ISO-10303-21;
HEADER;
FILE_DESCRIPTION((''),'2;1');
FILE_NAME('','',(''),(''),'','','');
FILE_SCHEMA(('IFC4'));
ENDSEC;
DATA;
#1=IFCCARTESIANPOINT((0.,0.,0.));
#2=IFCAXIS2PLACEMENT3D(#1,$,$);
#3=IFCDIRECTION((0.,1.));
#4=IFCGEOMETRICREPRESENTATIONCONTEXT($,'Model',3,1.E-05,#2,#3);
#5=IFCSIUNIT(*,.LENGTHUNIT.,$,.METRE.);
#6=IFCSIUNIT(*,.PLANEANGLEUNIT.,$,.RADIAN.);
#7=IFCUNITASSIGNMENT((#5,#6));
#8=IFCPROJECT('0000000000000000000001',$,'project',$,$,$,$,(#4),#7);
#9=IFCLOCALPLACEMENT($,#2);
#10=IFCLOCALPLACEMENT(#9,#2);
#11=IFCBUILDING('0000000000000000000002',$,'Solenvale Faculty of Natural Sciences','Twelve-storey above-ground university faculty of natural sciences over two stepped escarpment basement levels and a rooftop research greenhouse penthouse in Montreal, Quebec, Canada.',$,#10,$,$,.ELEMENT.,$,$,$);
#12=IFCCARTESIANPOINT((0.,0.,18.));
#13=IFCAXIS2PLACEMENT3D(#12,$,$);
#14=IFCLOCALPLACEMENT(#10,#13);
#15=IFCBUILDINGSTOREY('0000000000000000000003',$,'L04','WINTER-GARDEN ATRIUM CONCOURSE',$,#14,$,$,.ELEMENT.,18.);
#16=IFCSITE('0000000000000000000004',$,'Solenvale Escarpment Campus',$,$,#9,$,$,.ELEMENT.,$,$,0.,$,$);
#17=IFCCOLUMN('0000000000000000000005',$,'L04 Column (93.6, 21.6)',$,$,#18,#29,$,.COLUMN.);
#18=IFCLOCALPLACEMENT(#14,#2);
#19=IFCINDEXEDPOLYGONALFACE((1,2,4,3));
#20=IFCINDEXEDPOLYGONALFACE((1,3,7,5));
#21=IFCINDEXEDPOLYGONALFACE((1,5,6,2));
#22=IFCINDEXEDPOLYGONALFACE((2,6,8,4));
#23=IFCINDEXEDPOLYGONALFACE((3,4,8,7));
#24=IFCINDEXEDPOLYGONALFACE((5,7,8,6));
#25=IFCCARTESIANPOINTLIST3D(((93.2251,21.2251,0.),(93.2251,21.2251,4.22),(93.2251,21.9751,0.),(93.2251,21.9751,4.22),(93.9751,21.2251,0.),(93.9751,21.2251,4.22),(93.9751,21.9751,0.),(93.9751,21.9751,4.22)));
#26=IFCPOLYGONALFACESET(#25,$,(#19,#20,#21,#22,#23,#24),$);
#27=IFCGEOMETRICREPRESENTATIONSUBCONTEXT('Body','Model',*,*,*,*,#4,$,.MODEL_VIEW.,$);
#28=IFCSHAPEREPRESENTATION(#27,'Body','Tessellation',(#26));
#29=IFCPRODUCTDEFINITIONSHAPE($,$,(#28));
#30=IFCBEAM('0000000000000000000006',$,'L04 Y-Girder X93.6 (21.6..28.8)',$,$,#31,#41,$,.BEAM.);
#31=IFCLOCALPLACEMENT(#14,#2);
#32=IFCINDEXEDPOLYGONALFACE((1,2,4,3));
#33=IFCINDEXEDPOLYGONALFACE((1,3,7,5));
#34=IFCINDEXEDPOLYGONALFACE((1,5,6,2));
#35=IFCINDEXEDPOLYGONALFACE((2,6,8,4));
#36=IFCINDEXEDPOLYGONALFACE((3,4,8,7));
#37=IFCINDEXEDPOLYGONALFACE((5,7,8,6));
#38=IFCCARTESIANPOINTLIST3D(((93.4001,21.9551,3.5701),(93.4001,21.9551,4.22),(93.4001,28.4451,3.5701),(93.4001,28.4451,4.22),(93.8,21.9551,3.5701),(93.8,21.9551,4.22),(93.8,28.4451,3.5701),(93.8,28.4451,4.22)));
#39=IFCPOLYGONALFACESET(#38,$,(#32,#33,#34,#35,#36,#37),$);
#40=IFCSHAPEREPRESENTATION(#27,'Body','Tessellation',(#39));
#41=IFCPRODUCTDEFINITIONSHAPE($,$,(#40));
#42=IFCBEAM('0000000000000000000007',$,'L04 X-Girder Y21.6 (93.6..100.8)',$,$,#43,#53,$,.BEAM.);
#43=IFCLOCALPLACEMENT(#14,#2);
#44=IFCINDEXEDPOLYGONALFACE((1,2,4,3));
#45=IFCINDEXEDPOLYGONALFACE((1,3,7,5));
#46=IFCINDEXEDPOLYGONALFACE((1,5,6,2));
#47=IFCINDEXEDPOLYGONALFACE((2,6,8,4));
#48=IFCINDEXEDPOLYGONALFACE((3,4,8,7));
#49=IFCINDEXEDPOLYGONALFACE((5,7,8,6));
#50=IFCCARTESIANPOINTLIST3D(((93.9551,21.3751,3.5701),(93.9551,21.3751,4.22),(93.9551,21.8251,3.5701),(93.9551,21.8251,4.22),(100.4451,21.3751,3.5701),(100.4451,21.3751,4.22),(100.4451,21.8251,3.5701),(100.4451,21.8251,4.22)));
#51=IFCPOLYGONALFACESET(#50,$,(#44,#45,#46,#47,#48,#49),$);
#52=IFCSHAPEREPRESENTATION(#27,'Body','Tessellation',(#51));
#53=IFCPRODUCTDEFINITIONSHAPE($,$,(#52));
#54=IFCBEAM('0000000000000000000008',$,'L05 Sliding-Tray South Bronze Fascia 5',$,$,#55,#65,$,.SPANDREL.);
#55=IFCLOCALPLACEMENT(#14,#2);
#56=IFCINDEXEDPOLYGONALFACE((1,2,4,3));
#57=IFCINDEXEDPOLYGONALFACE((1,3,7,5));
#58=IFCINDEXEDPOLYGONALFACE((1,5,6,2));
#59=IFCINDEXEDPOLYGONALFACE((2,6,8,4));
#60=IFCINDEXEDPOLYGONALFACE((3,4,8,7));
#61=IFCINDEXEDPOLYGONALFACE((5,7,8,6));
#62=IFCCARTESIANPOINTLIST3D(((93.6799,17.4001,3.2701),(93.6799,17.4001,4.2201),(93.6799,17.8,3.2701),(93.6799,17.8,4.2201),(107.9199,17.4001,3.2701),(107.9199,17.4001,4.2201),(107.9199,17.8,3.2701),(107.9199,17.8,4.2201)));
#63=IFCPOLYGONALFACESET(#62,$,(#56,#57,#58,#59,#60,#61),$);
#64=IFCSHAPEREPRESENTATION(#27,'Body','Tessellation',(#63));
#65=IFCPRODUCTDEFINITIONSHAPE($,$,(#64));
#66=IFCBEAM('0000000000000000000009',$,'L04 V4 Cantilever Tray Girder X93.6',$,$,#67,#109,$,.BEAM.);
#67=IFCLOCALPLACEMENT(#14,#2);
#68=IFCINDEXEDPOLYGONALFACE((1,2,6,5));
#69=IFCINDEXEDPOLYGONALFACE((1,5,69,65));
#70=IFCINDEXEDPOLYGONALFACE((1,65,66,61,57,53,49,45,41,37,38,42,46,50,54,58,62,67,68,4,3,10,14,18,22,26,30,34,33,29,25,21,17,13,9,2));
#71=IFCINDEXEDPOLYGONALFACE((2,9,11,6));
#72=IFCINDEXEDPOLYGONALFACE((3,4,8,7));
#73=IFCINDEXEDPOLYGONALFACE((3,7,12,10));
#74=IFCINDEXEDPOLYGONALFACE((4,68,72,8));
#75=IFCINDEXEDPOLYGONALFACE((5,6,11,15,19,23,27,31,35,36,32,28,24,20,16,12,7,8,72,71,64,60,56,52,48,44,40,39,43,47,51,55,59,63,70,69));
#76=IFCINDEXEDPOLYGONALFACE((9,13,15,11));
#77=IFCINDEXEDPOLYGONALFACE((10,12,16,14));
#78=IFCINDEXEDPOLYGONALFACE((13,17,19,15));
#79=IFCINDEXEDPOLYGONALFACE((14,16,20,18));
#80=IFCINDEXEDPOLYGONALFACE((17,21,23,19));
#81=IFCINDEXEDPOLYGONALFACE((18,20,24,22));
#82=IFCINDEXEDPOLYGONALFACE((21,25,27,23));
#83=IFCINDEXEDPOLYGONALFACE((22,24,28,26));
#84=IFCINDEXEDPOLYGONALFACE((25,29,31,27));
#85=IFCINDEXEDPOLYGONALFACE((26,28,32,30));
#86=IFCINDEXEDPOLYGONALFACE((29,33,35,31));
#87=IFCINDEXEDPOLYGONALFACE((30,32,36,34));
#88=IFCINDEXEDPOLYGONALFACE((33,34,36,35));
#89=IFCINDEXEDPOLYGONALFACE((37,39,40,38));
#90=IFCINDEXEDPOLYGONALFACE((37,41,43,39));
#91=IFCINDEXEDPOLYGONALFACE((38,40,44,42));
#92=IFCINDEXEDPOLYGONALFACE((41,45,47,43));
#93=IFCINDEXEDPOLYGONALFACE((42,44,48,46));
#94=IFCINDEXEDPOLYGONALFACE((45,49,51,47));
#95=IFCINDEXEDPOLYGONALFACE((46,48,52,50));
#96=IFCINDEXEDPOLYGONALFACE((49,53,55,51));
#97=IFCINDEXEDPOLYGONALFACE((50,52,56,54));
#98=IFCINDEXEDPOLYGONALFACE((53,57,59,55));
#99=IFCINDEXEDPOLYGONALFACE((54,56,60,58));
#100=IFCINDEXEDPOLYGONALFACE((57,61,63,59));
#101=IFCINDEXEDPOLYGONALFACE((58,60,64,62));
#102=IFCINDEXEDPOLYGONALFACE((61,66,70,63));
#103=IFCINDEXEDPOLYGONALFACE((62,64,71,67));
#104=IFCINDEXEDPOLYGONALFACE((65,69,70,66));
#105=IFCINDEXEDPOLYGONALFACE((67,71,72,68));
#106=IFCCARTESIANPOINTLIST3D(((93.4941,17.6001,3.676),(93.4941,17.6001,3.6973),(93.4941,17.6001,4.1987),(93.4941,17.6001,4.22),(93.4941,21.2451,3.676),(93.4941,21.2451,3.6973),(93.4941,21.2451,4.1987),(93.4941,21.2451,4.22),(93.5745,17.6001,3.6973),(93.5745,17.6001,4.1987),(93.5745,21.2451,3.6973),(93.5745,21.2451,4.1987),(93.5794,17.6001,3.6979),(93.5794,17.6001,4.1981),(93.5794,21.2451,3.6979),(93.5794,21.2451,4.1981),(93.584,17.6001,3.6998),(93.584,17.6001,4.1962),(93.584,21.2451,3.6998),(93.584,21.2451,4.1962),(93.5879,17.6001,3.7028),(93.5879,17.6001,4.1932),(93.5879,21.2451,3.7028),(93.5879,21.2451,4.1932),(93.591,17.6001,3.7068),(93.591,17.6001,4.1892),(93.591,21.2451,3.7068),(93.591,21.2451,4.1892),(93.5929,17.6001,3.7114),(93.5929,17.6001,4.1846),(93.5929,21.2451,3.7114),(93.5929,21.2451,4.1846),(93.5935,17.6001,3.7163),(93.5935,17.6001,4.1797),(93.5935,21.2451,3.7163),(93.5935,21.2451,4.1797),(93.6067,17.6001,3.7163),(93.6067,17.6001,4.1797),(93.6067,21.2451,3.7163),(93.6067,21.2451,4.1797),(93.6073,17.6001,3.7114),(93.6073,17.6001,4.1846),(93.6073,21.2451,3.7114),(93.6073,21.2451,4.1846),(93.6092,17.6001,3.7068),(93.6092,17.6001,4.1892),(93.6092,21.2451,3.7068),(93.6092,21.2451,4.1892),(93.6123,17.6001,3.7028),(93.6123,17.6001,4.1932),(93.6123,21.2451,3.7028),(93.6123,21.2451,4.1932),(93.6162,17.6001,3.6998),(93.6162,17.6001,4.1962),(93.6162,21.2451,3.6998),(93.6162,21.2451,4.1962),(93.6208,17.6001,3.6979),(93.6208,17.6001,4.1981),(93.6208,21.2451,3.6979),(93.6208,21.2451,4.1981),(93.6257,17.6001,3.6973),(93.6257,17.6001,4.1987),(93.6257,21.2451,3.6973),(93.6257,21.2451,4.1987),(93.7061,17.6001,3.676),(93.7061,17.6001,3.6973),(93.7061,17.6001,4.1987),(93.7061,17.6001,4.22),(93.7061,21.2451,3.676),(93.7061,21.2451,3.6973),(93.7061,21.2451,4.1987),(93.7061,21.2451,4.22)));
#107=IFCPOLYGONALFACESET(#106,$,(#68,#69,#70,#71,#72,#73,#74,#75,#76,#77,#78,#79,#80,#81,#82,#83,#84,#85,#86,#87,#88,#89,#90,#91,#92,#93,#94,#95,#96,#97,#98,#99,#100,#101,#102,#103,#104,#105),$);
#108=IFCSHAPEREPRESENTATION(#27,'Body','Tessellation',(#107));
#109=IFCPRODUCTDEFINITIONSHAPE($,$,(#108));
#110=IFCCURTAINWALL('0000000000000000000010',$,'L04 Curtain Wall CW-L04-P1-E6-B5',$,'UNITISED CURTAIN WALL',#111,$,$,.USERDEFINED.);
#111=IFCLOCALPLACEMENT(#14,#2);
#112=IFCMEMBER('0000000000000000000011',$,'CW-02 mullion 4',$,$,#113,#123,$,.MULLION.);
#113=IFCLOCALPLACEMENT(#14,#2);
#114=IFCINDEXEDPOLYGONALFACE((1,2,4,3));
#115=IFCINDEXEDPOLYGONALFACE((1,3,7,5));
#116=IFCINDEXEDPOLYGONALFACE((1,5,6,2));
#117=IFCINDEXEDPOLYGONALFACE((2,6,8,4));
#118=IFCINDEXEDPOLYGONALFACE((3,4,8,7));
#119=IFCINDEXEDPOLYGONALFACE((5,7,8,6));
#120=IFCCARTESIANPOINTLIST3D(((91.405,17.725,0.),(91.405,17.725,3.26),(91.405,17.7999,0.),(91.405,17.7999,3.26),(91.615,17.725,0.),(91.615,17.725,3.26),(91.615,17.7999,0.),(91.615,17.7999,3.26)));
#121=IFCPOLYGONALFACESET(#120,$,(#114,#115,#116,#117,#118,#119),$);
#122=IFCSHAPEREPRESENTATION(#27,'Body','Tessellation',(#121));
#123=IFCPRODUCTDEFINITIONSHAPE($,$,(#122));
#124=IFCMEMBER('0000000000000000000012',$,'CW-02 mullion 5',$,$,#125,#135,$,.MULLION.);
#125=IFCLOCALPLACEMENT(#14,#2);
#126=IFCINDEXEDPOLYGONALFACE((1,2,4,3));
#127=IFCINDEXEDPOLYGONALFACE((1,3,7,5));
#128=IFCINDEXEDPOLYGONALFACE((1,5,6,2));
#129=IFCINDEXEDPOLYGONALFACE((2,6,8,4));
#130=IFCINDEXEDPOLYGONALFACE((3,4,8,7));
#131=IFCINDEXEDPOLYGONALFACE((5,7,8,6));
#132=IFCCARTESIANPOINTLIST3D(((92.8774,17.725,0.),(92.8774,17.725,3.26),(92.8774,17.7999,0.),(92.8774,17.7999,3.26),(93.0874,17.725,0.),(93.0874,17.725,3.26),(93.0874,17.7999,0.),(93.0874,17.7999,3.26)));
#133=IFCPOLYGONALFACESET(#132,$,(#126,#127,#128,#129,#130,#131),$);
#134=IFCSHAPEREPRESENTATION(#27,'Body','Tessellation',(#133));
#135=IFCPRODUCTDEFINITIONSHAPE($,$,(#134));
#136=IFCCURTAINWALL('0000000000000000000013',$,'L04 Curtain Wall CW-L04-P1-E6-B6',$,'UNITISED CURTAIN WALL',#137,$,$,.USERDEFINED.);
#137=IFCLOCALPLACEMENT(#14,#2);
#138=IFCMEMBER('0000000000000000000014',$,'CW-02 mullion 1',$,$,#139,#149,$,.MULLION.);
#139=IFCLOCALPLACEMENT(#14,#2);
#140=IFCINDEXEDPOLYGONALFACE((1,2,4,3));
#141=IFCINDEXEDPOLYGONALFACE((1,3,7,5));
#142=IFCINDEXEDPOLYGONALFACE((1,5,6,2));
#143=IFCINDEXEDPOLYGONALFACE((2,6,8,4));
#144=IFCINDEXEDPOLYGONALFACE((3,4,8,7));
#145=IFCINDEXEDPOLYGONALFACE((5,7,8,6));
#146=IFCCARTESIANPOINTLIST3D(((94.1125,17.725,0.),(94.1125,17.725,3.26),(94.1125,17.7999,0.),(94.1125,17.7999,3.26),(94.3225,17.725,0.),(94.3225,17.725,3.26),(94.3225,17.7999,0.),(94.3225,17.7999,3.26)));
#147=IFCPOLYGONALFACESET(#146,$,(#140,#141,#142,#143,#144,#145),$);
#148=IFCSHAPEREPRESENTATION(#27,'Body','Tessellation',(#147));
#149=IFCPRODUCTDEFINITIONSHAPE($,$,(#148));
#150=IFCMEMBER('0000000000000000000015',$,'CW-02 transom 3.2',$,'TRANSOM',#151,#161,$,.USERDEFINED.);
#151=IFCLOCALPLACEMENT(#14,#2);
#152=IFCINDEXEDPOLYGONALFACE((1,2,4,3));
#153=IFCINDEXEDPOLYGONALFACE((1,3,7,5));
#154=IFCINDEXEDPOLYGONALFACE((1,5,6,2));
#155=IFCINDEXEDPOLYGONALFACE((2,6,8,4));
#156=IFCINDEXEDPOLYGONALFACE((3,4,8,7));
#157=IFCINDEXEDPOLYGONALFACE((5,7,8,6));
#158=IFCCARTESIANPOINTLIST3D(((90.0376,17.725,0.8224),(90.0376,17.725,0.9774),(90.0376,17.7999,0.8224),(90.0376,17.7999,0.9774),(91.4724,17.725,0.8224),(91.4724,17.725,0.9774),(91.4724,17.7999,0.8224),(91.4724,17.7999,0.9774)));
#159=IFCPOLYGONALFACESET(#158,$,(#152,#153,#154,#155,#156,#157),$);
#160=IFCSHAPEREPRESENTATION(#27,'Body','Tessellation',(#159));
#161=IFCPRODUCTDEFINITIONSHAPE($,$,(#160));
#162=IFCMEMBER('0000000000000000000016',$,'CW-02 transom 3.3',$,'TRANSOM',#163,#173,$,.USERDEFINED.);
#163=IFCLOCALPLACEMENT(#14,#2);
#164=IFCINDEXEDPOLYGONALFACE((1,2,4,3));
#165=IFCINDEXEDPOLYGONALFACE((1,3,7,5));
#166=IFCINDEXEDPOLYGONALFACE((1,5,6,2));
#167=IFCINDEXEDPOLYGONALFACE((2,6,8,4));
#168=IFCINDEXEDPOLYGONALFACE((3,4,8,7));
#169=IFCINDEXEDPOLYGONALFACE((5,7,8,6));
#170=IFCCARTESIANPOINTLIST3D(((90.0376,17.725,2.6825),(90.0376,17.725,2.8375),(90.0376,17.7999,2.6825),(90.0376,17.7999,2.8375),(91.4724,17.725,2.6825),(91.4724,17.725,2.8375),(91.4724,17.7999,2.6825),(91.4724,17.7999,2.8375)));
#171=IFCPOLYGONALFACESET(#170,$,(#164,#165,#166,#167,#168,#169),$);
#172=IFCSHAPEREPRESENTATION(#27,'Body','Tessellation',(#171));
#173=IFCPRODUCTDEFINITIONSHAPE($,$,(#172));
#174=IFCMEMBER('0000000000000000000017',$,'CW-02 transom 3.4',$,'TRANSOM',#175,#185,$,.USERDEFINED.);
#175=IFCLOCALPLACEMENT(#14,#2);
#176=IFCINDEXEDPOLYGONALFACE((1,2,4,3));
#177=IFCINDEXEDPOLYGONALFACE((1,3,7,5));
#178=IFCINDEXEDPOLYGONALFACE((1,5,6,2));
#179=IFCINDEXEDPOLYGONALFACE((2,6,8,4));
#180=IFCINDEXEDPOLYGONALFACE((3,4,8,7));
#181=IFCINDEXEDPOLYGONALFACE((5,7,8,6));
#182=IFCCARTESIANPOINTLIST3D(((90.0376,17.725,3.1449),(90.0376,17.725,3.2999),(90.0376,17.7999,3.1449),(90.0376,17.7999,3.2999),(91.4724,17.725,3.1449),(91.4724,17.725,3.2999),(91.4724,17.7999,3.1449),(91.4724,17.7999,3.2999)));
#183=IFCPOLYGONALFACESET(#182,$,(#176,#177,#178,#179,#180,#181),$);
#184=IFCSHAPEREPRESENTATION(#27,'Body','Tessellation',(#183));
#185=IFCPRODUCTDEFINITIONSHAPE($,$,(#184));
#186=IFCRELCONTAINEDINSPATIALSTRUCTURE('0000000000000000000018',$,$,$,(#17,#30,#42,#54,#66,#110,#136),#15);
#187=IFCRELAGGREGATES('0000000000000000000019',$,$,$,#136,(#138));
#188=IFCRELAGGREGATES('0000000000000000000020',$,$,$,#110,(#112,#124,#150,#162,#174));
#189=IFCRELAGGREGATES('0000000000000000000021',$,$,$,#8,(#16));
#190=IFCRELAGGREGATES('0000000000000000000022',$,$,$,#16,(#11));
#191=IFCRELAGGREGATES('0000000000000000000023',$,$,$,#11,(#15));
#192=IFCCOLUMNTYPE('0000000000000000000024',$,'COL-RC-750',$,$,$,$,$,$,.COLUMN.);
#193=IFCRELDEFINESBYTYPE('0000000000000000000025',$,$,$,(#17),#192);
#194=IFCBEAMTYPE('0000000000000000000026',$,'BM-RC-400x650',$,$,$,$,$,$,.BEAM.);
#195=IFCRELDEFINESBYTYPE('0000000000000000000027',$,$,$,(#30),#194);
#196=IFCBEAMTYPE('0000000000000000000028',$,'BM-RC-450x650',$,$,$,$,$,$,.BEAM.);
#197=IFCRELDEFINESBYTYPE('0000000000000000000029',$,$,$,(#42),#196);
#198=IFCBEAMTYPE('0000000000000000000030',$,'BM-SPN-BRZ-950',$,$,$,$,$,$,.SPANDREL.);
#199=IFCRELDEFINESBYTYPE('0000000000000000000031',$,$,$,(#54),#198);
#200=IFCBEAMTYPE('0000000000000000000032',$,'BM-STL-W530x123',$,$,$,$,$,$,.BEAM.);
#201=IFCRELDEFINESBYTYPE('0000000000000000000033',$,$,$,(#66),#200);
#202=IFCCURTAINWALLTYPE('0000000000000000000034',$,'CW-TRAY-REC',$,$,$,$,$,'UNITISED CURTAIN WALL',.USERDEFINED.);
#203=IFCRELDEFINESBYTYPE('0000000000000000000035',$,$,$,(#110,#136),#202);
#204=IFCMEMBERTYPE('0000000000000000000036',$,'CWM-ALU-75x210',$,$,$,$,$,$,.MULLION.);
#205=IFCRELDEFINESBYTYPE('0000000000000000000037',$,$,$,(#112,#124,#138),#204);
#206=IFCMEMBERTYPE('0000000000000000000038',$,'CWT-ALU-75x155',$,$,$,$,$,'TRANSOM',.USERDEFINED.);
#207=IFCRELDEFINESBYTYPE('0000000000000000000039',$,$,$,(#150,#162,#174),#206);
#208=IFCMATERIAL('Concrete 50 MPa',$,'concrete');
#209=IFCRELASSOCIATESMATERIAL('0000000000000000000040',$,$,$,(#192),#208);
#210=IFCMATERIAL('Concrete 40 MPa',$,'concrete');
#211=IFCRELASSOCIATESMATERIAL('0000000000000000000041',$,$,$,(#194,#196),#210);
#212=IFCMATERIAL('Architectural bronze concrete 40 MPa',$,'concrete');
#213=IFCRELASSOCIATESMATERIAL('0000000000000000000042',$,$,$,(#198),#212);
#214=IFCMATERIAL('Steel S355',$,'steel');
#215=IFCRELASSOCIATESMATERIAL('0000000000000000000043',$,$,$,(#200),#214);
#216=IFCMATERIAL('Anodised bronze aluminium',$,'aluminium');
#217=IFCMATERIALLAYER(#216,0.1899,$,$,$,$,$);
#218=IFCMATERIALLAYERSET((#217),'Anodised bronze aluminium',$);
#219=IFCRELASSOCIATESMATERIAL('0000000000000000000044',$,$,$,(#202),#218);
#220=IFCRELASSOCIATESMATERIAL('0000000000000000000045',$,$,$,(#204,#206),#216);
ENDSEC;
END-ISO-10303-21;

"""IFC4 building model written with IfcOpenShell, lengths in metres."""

from ifc_helpers import new_model, si_unit, direction, frame, origin, origin_2d, place, context, subcontext, project, spatial, rectangle, i_section, extrude, material, layer, layer_set, material_profile, profile_set, type_object, element, aggregate, save


model = new_model("IFC4")

# Units and contexts
model_context = context("Model", 3, precision=1e-05, world=origin(), true_north=direction((0.0, 1.0)))
body_context = subcontext(model_context, "Body", "Model", "MODEL_VIEW")
ifc_project = project(units=[si_unit("LENGTHUNIT", "METRE"), si_unit("PLANEANGLEUNIT", "RADIAN")], contexts=[model_context])

# Site, building, storey
site_placement = place(None, origin())
site = spatial("IfcSite", under=ifc_project, at=site_placement, Name="Solenvale Escarpment Campus", CompositionType="ELEMENT", RefElevation=0.0)
building_placement = place(site_placement, origin())
building = spatial("IfcBuilding", under=site, at=building_placement, Name="Solenvale Faculty of Natural Sciences", Description="Twelve-storey above-ground university faculty of natural sciences over two stepped escarpment basement levels and a rooftop research greenhouse penthouse in Montreal, Quebec, Canada.", CompositionType="ELEMENT")
storey_placement = place(building_placement, frame((0.0, 0.0, 18.0)))
storey = spatial("IfcBuildingStorey", under=building, at=storey_placement, Name="L04", Description="WINTER-GARDEN ATRIUM CONCOURSE", CompositionType="ELEMENT", Elevation=18.0)

# Column
ifc_material_1 = material(Name="Concrete 50 MPa", Category="concrete")
ifc_material_profile_1 = material_profile(ifc_material_1, rectangle(XDim=0.75, YDim=0.75, at=origin_2d()), Name="RC-COL-750x750")
ifc_profile_set_1 = profile_set([ifc_material_profile_1], Name="Concrete 50 MPa")
column_type = type_object("IfcColumnType", Name="COL-RC-750", PredefinedType="COLUMN", material=ifc_profile_set_1)
column_placement = place(storey_placement, frame((93.6001, 21.6001, 0.0), z_axis=(0.0, 0.0, 1.0), x_axis=(1.0, 0.0, 0.0)))
element("IfcColumn", 1, at=column_placement, inside=storey, type_object=column_type, Name="L04 Column (93.6, 21.6)", PredefinedType="COLUMN", context=body_context, shape_type="SweptSolid", body=[
    extrude(rectangle(XDim=0.75, YDim=0.75, at=origin_2d()), origin(), (0.0, 0.0, 1.0), 4.22),
])

# Beams
ifc_material_2 = material(Name="Concrete 40 MPa", Category="concrete")
ifc_material_profile_2 = material_profile(ifc_material_2, rectangle(XDim=0.3999, YDim=0.6499, at=origin_2d()), Name="RC-BM-400x650")
ifc_profile_set_2 = profile_set([ifc_material_profile_2], Name="Concrete 40 MPa")
beam_type_1 = type_object("IfcBeamType", Name="BM-RC-400x650", PredefinedType="BEAM", material=ifc_profile_set_2)
beam_1_placement = place(storey_placement, frame((93.6001, 21.9551, 3.895), z_axis=(0.0, 1.0, 0.0), x_axis=(-1.0, 0.0, 0.0)))
element("IfcBeam", 2, at=beam_1_placement, inside=storey, type_object=beam_type_1, Name="L04 Y-Girder X93.6 (21.6..28.8)", PredefinedType="BEAM", context=body_context, shape_type="SweptSolid", body=[
    extrude(rectangle(XDim=0.3999, YDim=0.6499, at=origin_2d()), origin(), (0.0, 0.0, 1.0), 6.49),
])
ifc_material_profile_3 = material_profile(ifc_material_2, rectangle(XDim=0.45, YDim=0.6499, at=origin_2d()), Name="RC-BM-450x650")
ifc_profile_set_3 = profile_set([ifc_material_profile_3], Name="Concrete 40 MPa")
beam_type_2 = type_object("IfcBeamType", Name="BM-RC-450x650", PredefinedType="BEAM", material=ifc_profile_set_3)
beam_2_placement = place(storey_placement, frame((93.9551, 21.6001, 3.895), z_axis=(1.0, 0.0, 0.0), x_axis=(0.0, 1.0, 0.0)))
element("IfcBeam", 3, at=beam_2_placement, inside=storey, type_object=beam_type_2, Name="L04 X-Girder Y21.6 (93.6..100.8)", PredefinedType="BEAM", context=body_context, shape_type="SweptSolid", body=[
    extrude(rectangle(XDim=0.45, YDim=0.6499, at=origin_2d()), origin(), (0.0, 0.0, 1.0), 6.49),
])
ifc_material_3 = material(Name="Architectural bronze concrete 40 MPa", Category="concrete")
ifc_material_profile_4 = material_profile(ifc_material_3, rectangle(XDim=0.3999, YDim=0.95, at=origin_2d()), Name="RC-SPN-400x950")
ifc_profile_set_4 = profile_set([ifc_material_profile_4], Name="Architectural bronze concrete 40 MPa")
beam_type_3 = type_object("IfcBeamType", Name="BM-SPN-BRZ-950", PredefinedType="SPANDREL", material=ifc_profile_set_4)
beam_3_placement = place(storey_placement, frame((93.6799, 17.6001, 3.7451), z_axis=(1.0, 0.0, 0.0), x_axis=(0.0, 1.0, 0.0)))
element("IfcBeam", 4, at=beam_3_placement, inside=storey, type_object=beam_type_3, Name="L05 Sliding-Tray South Bronze Fascia 5", PredefinedType="SPANDREL", context=body_context, shape_type="SweptSolid", body=[
    extrude(rectangle(XDim=0.3999, YDim=0.95, at=origin_2d()), origin(), (0.0, 0.0, 1.0), 14.24),
])
ifc_material_4 = material(Name="Steel S355", Category="steel")
ifc_material_profile_5 = material_profile(ifc_material_4, i_section(OverallWidth=0.2119, OverallDepth=0.5439, WebThickness=0.0132, FlangeThickness=0.0212, FilletRadius=0.019, at=origin_2d()), Name="W530x123")
ifc_profile_set_5 = profile_set([ifc_material_profile_5], Name="Steel S355")
beam_type_4 = type_object("IfcBeamType", Name="BM-STL-W530x123", PredefinedType="BEAM", material=ifc_profile_set_5)
beam_4_placement = place(storey_placement, frame((93.6001, 21.2451, 3.948), z_axis=(0.0, -1.0, 0.0), x_axis=(1.0, 0.0, 0.0)))
element("IfcBeam", 5, at=beam_4_placement, inside=storey, type_object=beam_type_4, Name="L04 V4 Cantilever Tray Girder X93.6", PredefinedType="BEAM", context=body_context, shape_type="SweptSolid", body=[
    extrude(i_section(OverallWidth=0.2119, OverallDepth=0.5439, WebThickness=0.0132, FlangeThickness=0.0212, FilletRadius=0.019, at=origin_2d()), origin(), (0.0, 0.0, 1.0), 3.645),
])

# Curtain wall, members
ifc_material_5 = material(Name="Anodised bronze aluminium", Category="aluminium")
ifc_layer_1 = layer(ifc_material_5, 0.1899)
ifc_layer_set_1 = layer_set([ifc_layer_1], Name="Anodised bronze aluminium")
curtain_wall_type = type_object("IfcCurtainWallType", Name="CW-TRAY-REC", ElementType="UNITISED CURTAIN WALL", PredefinedType="USERDEFINED", material=ifc_layer_set_1)
curtain_wall_1_placement = place(storey_placement, origin())
curtain_wall_1 = element("IfcCurtainWall", 6, at=curtain_wall_1_placement, inside=storey, type_object=curtain_wall_type, Name="L04 Curtain Wall CW-L04-P1-E6-B5", ObjectType="UNITISED CURTAIN WALL", PredefinedType="USERDEFINED")
ifc_material_profile_6 = material_profile(ifc_material_5, rectangle(XDim=0.075, YDim=0.21, at=origin_2d()), Name="ALU-MUL-75x210")
ifc_profile_set_6 = profile_set([ifc_material_profile_6], Name="Anodised bronze aluminium")
member_type_1 = type_object("IfcMemberType", Name="CWM-ALU-75x210", PredefinedType="MULLION", material=ifc_profile_set_6)
member_1_placement = place(storey_placement, frame((91.51, 17.7625, 0.0), z_axis=(0.0, 0.0, 1.0), x_axis=(0.0, 1.0, 0.0)))
member_1 = element("IfcMember", 7, at=member_1_placement, type_object=member_type_1, Name="CW-02 mullion 4", PredefinedType="MULLION", context=body_context, shape_type="SweptSolid", body=[
    extrude(rectangle(XDim=0.075, YDim=0.21, at=origin_2d()), origin(), (0.0, 0.0, 1.0), 3.26),
])
member_2_placement = place(storey_placement, frame((92.9824, 17.7625, 0.0), z_axis=(0.0, 0.0, 1.0), x_axis=(0.0, 1.0, 0.0)))
member_2 = element("IfcMember", 8, at=member_2_placement, type_object=member_type_1, Name="CW-02 mullion 5", PredefinedType="MULLION", context=body_context, shape_type="SweptSolid", body=[
    extrude(rectangle(XDim=0.075, YDim=0.21, at=origin_2d()), origin(), (0.0, 0.0, 1.0), 3.26),
])

# Curtain wall, member
curtain_wall_2_placement = place(storey_placement, origin())
curtain_wall_2 = element("IfcCurtainWall", 9, at=curtain_wall_2_placement, inside=storey, type_object=curtain_wall_type, Name="L04 Curtain Wall CW-L04-P1-E6-B6", ObjectType="UNITISED CURTAIN WALL", PredefinedType="USERDEFINED")
member_3_placement = place(storey_placement, frame((94.2175, 17.7625, 0.0), z_axis=(0.0, 0.0, 1.0), x_axis=(0.0, 1.0, 0.0)))
member_3 = element("IfcMember", 10, at=member_3_placement, type_object=member_type_1, Name="CW-02 mullion 1", PredefinedType="MULLION", context=body_context, shape_type="SweptSolid", body=[
    extrude(rectangle(XDim=0.075, YDim=0.21, at=origin_2d()), origin(), (0.0, 0.0, 1.0), 3.26),
])

# Members
ifc_material_profile_7 = material_profile(ifc_material_5, rectangle(XDim=0.075, YDim=0.155, at=origin_2d()), Name="ALU-TRN-75x155")
ifc_profile_set_7 = profile_set([ifc_material_profile_7], Name="Anodised bronze aluminium")
member_type_2 = type_object("IfcMemberType", Name="CWT-ALU-75x155", ElementType="TRANSOM", PredefinedType="USERDEFINED", material=ifc_profile_set_7)
member_4_placement = place(storey_placement, frame((90.0376, 17.7625, 0.8999), z_axis=(1.0, 0.0, 0.0), x_axis=(0.0, 1.0, 0.0)))
member_4 = element("IfcMember", 11, at=member_4_placement, type_object=member_type_2, Name="CW-02 transom 3.2", ObjectType="TRANSOM", PredefinedType="USERDEFINED", context=body_context, shape_type="SweptSolid", body=[
    extrude(rectangle(XDim=0.075, YDim=0.155, at=origin_2d()), origin(), (0.0, 0.0, 1.0), 1.4348),
])
member_5_placement = place(storey_placement, frame((90.0376, 17.7625, 2.76), z_axis=(1.0, 0.0, 0.0), x_axis=(0.0, 1.0, 0.0)))
member_5 = element("IfcMember", 12, at=member_5_placement, type_object=member_type_2, Name="CW-02 transom 3.3", ObjectType="TRANSOM", PredefinedType="USERDEFINED", context=body_context, shape_type="SweptSolid", body=[
    extrude(rectangle(XDim=0.075, YDim=0.155, at=origin_2d()), origin(), (0.0, 0.0, 1.0), 1.4348),
])
member_6_placement = place(storey_placement, frame((90.0376, 17.7625, 3.2224), z_axis=(1.0, 0.0, 0.0), x_axis=(0.0, 1.0, 0.0)))
member_6 = element("IfcMember", 13, at=member_6_placement, type_object=member_type_2, Name="CW-02 transom 3.4", ObjectType="TRANSOM", PredefinedType="USERDEFINED", context=body_context, shape_type="SweptSolid", body=[
    extrude(rectangle(XDim=0.075, YDim=0.155, at=origin_2d()), origin(), (0.0, 0.0, 1.0), 1.4348),
])
aggregate(curtain_wall_2, [member_3])

aggregate(curtain_wall_1, [member_1, member_2, member_4, member_5, member_6])

save(model, "model.ifc")
